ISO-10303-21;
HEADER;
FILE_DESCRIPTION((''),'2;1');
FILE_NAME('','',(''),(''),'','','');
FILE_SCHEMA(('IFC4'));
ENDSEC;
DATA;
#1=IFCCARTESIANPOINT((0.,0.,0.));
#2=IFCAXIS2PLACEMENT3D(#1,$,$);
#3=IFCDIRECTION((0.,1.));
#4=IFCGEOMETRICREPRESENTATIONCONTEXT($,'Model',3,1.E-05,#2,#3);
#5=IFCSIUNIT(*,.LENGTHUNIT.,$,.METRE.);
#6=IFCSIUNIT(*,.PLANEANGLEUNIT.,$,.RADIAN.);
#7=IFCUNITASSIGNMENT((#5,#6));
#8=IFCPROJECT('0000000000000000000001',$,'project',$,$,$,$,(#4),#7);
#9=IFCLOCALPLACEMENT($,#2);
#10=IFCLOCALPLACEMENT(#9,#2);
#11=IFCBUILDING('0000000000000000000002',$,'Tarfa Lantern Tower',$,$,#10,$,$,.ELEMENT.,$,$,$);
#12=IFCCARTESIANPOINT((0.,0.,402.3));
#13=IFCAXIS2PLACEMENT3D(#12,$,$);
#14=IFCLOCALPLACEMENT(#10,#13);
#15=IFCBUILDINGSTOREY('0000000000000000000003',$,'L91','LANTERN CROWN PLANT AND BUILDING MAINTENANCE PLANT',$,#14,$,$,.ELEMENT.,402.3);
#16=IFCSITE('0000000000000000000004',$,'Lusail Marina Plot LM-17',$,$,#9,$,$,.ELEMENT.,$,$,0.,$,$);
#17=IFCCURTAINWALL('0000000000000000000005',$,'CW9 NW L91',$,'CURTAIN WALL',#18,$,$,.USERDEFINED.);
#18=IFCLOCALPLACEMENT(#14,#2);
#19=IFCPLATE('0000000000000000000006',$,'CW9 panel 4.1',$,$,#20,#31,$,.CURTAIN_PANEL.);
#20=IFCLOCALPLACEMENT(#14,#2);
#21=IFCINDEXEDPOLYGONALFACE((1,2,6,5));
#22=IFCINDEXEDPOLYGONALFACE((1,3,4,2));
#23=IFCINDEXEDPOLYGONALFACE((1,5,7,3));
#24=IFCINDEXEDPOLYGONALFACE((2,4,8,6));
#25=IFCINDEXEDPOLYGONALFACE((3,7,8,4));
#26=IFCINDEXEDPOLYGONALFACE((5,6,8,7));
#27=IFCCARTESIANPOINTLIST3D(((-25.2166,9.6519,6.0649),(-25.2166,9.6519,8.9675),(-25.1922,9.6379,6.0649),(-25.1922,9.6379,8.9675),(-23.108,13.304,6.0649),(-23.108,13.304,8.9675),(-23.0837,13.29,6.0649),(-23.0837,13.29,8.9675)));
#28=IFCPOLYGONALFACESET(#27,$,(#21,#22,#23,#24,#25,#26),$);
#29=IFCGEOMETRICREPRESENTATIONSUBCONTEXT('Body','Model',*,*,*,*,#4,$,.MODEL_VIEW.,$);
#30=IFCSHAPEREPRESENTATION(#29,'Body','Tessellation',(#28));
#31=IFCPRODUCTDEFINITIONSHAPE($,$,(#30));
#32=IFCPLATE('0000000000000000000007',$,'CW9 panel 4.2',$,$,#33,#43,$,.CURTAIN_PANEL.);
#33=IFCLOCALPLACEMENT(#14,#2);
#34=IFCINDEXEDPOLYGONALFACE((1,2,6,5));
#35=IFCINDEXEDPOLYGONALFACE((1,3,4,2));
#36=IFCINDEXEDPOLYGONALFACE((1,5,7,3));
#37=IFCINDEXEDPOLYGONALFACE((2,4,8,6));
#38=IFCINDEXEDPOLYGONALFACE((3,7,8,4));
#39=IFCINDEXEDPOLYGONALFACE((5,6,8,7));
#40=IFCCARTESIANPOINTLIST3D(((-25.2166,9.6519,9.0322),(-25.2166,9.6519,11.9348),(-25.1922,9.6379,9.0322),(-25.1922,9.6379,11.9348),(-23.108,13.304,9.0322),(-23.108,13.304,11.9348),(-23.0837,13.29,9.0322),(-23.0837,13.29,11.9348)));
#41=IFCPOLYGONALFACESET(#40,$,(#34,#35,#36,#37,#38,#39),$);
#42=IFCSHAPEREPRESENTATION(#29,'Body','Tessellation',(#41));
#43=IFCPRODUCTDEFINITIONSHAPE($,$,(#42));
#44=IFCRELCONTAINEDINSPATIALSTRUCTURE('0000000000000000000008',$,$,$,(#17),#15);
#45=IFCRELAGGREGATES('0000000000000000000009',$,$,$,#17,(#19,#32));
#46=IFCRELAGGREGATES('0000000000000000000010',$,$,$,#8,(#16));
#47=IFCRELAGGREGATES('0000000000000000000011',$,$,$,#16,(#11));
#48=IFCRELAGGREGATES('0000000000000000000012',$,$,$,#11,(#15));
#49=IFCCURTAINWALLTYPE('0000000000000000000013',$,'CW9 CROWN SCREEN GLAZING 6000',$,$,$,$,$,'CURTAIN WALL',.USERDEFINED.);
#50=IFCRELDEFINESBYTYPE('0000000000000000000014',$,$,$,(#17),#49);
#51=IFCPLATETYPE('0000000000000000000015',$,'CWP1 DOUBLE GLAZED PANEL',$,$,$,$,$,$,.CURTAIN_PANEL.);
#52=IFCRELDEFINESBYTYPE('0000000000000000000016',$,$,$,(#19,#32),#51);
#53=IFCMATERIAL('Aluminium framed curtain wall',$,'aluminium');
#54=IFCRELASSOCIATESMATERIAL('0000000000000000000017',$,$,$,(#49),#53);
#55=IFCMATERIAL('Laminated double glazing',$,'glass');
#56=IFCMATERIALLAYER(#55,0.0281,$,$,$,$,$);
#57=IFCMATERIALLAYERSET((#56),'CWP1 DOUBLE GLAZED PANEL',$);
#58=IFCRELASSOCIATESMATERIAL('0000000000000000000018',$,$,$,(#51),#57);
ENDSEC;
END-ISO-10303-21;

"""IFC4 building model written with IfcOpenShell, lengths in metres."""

from ifc_helpers import new_model, si_unit, direction, frame, origin, origin_2d, place, context, subcontext, project, spatial, rectangle, extrude, material, layer, layer_set, type_object, element, aggregate, save


model = new_model("IFC4")

# Units and contexts
model_context = context("Model", 3, precision=1e-05, world=origin(), true_north=direction((0.0, 1.0)))
body_context = subcontext(model_context, "Body", "Model", "MODEL_VIEW")
ifc_project = project(units=[si_unit("LENGTHUNIT", "METRE"), si_unit("PLANEANGLEUNIT", "RADIAN")], contexts=[model_context])

# Site, building, storey
site_placement = place(None, origin())
site = spatial("IfcSite", under=ifc_project, at=site_placement, Name="Lusail Marina Plot LM-17", CompositionType="ELEMENT", RefElevation=0.0)
building_placement = place(site_placement, origin())
building = spatial("IfcBuilding", under=site, at=building_placement, Name="Tarfa Lantern Tower", CompositionType="ELEMENT")
storey_placement = place(building_placement, frame((0.0, 0.0, 402.3)))
storey = spatial("IfcBuildingStorey", under=building, at=storey_placement, Name="L91", Description="LANTERN CROWN PLANT AND BUILDING MAINTENANCE PLANT", CompositionType="ELEMENT", Elevation=402.3)

# Curtain wall
ifc_material_1 = material(Name="Aluminium framed curtain wall", Category="aluminium")
curtain_wall_type_1 = type_object("IfcCurtainWallType", Name="CW9 CROWN SCREEN GLAZING 6000", ElementType="CURTAIN WALL", PredefinedType="USERDEFINED", material=ifc_material_1)
curtain_wall_1_placement = place(storey_placement, origin())
curtain_wall_1 = element("IfcCurtainWall", 1, at=curtain_wall_1_placement, inside=storey, type_object=curtain_wall_type_1, Name="CW9 NW L91", ObjectType="CURTAIN WALL", PredefinedType="USERDEFINED")

# Plates
ifc_material_2 = material(Name="Laminated double glazing", Category="glass")
ifc_layer = layer(ifc_material_2, 0.0281)
ifc_layer_set = layer_set([ifc_layer], Name="CWP1 DOUBLE GLAZED PANEL")
plate_type = type_object("IfcPlateType", Name="CWP1 DOUBLE GLAZED PANEL", PredefinedType="CURTAIN_PANEL", material=ifc_layer_set)
plate_1_placement = place(storey_placement, frame((-24.1501, 11.4709, 6.0649), z_axis=(0.0, 0.0, 1.0), x_axis=(-0.5, -0.866025, 0.0)))
plate_1 = element("IfcPlate", 2, at=plate_1_placement, type_object=plate_type, Name="CW9 panel 4.1", PredefinedType="CURTAIN_PANEL", context=body_context, shape_type="SweptSolid", body=[
    extrude(rectangle(XDim=4.217, YDim=0.0281, at=origin_2d()), origin(), (0.0, 0.0, 1.0), 2.9026),
])
plate_2_placement = place(storey_placement, frame((-24.1501, 11.4709, 9.0322), z_axis=(0.0, 0.0, 1.0), x_axis=(-0.5, -0.866025, 0.0)))
plate_2 = element("IfcPlate", 3, at=plate_2_placement, type_object=plate_type, Name="CW9 panel 4.2", PredefinedType="CURTAIN_PANEL", context=body_context, shape_type="SweptSolid", body=[
    extrude(rectangle(XDim=4.217, YDim=0.0281, at=origin_2d()), origin(), (0.0, 0.0, 1.0), 2.9026),
])
aggregate(curtain_wall_1, [plate_1, plate_2])

save(model, "model.ifc")
